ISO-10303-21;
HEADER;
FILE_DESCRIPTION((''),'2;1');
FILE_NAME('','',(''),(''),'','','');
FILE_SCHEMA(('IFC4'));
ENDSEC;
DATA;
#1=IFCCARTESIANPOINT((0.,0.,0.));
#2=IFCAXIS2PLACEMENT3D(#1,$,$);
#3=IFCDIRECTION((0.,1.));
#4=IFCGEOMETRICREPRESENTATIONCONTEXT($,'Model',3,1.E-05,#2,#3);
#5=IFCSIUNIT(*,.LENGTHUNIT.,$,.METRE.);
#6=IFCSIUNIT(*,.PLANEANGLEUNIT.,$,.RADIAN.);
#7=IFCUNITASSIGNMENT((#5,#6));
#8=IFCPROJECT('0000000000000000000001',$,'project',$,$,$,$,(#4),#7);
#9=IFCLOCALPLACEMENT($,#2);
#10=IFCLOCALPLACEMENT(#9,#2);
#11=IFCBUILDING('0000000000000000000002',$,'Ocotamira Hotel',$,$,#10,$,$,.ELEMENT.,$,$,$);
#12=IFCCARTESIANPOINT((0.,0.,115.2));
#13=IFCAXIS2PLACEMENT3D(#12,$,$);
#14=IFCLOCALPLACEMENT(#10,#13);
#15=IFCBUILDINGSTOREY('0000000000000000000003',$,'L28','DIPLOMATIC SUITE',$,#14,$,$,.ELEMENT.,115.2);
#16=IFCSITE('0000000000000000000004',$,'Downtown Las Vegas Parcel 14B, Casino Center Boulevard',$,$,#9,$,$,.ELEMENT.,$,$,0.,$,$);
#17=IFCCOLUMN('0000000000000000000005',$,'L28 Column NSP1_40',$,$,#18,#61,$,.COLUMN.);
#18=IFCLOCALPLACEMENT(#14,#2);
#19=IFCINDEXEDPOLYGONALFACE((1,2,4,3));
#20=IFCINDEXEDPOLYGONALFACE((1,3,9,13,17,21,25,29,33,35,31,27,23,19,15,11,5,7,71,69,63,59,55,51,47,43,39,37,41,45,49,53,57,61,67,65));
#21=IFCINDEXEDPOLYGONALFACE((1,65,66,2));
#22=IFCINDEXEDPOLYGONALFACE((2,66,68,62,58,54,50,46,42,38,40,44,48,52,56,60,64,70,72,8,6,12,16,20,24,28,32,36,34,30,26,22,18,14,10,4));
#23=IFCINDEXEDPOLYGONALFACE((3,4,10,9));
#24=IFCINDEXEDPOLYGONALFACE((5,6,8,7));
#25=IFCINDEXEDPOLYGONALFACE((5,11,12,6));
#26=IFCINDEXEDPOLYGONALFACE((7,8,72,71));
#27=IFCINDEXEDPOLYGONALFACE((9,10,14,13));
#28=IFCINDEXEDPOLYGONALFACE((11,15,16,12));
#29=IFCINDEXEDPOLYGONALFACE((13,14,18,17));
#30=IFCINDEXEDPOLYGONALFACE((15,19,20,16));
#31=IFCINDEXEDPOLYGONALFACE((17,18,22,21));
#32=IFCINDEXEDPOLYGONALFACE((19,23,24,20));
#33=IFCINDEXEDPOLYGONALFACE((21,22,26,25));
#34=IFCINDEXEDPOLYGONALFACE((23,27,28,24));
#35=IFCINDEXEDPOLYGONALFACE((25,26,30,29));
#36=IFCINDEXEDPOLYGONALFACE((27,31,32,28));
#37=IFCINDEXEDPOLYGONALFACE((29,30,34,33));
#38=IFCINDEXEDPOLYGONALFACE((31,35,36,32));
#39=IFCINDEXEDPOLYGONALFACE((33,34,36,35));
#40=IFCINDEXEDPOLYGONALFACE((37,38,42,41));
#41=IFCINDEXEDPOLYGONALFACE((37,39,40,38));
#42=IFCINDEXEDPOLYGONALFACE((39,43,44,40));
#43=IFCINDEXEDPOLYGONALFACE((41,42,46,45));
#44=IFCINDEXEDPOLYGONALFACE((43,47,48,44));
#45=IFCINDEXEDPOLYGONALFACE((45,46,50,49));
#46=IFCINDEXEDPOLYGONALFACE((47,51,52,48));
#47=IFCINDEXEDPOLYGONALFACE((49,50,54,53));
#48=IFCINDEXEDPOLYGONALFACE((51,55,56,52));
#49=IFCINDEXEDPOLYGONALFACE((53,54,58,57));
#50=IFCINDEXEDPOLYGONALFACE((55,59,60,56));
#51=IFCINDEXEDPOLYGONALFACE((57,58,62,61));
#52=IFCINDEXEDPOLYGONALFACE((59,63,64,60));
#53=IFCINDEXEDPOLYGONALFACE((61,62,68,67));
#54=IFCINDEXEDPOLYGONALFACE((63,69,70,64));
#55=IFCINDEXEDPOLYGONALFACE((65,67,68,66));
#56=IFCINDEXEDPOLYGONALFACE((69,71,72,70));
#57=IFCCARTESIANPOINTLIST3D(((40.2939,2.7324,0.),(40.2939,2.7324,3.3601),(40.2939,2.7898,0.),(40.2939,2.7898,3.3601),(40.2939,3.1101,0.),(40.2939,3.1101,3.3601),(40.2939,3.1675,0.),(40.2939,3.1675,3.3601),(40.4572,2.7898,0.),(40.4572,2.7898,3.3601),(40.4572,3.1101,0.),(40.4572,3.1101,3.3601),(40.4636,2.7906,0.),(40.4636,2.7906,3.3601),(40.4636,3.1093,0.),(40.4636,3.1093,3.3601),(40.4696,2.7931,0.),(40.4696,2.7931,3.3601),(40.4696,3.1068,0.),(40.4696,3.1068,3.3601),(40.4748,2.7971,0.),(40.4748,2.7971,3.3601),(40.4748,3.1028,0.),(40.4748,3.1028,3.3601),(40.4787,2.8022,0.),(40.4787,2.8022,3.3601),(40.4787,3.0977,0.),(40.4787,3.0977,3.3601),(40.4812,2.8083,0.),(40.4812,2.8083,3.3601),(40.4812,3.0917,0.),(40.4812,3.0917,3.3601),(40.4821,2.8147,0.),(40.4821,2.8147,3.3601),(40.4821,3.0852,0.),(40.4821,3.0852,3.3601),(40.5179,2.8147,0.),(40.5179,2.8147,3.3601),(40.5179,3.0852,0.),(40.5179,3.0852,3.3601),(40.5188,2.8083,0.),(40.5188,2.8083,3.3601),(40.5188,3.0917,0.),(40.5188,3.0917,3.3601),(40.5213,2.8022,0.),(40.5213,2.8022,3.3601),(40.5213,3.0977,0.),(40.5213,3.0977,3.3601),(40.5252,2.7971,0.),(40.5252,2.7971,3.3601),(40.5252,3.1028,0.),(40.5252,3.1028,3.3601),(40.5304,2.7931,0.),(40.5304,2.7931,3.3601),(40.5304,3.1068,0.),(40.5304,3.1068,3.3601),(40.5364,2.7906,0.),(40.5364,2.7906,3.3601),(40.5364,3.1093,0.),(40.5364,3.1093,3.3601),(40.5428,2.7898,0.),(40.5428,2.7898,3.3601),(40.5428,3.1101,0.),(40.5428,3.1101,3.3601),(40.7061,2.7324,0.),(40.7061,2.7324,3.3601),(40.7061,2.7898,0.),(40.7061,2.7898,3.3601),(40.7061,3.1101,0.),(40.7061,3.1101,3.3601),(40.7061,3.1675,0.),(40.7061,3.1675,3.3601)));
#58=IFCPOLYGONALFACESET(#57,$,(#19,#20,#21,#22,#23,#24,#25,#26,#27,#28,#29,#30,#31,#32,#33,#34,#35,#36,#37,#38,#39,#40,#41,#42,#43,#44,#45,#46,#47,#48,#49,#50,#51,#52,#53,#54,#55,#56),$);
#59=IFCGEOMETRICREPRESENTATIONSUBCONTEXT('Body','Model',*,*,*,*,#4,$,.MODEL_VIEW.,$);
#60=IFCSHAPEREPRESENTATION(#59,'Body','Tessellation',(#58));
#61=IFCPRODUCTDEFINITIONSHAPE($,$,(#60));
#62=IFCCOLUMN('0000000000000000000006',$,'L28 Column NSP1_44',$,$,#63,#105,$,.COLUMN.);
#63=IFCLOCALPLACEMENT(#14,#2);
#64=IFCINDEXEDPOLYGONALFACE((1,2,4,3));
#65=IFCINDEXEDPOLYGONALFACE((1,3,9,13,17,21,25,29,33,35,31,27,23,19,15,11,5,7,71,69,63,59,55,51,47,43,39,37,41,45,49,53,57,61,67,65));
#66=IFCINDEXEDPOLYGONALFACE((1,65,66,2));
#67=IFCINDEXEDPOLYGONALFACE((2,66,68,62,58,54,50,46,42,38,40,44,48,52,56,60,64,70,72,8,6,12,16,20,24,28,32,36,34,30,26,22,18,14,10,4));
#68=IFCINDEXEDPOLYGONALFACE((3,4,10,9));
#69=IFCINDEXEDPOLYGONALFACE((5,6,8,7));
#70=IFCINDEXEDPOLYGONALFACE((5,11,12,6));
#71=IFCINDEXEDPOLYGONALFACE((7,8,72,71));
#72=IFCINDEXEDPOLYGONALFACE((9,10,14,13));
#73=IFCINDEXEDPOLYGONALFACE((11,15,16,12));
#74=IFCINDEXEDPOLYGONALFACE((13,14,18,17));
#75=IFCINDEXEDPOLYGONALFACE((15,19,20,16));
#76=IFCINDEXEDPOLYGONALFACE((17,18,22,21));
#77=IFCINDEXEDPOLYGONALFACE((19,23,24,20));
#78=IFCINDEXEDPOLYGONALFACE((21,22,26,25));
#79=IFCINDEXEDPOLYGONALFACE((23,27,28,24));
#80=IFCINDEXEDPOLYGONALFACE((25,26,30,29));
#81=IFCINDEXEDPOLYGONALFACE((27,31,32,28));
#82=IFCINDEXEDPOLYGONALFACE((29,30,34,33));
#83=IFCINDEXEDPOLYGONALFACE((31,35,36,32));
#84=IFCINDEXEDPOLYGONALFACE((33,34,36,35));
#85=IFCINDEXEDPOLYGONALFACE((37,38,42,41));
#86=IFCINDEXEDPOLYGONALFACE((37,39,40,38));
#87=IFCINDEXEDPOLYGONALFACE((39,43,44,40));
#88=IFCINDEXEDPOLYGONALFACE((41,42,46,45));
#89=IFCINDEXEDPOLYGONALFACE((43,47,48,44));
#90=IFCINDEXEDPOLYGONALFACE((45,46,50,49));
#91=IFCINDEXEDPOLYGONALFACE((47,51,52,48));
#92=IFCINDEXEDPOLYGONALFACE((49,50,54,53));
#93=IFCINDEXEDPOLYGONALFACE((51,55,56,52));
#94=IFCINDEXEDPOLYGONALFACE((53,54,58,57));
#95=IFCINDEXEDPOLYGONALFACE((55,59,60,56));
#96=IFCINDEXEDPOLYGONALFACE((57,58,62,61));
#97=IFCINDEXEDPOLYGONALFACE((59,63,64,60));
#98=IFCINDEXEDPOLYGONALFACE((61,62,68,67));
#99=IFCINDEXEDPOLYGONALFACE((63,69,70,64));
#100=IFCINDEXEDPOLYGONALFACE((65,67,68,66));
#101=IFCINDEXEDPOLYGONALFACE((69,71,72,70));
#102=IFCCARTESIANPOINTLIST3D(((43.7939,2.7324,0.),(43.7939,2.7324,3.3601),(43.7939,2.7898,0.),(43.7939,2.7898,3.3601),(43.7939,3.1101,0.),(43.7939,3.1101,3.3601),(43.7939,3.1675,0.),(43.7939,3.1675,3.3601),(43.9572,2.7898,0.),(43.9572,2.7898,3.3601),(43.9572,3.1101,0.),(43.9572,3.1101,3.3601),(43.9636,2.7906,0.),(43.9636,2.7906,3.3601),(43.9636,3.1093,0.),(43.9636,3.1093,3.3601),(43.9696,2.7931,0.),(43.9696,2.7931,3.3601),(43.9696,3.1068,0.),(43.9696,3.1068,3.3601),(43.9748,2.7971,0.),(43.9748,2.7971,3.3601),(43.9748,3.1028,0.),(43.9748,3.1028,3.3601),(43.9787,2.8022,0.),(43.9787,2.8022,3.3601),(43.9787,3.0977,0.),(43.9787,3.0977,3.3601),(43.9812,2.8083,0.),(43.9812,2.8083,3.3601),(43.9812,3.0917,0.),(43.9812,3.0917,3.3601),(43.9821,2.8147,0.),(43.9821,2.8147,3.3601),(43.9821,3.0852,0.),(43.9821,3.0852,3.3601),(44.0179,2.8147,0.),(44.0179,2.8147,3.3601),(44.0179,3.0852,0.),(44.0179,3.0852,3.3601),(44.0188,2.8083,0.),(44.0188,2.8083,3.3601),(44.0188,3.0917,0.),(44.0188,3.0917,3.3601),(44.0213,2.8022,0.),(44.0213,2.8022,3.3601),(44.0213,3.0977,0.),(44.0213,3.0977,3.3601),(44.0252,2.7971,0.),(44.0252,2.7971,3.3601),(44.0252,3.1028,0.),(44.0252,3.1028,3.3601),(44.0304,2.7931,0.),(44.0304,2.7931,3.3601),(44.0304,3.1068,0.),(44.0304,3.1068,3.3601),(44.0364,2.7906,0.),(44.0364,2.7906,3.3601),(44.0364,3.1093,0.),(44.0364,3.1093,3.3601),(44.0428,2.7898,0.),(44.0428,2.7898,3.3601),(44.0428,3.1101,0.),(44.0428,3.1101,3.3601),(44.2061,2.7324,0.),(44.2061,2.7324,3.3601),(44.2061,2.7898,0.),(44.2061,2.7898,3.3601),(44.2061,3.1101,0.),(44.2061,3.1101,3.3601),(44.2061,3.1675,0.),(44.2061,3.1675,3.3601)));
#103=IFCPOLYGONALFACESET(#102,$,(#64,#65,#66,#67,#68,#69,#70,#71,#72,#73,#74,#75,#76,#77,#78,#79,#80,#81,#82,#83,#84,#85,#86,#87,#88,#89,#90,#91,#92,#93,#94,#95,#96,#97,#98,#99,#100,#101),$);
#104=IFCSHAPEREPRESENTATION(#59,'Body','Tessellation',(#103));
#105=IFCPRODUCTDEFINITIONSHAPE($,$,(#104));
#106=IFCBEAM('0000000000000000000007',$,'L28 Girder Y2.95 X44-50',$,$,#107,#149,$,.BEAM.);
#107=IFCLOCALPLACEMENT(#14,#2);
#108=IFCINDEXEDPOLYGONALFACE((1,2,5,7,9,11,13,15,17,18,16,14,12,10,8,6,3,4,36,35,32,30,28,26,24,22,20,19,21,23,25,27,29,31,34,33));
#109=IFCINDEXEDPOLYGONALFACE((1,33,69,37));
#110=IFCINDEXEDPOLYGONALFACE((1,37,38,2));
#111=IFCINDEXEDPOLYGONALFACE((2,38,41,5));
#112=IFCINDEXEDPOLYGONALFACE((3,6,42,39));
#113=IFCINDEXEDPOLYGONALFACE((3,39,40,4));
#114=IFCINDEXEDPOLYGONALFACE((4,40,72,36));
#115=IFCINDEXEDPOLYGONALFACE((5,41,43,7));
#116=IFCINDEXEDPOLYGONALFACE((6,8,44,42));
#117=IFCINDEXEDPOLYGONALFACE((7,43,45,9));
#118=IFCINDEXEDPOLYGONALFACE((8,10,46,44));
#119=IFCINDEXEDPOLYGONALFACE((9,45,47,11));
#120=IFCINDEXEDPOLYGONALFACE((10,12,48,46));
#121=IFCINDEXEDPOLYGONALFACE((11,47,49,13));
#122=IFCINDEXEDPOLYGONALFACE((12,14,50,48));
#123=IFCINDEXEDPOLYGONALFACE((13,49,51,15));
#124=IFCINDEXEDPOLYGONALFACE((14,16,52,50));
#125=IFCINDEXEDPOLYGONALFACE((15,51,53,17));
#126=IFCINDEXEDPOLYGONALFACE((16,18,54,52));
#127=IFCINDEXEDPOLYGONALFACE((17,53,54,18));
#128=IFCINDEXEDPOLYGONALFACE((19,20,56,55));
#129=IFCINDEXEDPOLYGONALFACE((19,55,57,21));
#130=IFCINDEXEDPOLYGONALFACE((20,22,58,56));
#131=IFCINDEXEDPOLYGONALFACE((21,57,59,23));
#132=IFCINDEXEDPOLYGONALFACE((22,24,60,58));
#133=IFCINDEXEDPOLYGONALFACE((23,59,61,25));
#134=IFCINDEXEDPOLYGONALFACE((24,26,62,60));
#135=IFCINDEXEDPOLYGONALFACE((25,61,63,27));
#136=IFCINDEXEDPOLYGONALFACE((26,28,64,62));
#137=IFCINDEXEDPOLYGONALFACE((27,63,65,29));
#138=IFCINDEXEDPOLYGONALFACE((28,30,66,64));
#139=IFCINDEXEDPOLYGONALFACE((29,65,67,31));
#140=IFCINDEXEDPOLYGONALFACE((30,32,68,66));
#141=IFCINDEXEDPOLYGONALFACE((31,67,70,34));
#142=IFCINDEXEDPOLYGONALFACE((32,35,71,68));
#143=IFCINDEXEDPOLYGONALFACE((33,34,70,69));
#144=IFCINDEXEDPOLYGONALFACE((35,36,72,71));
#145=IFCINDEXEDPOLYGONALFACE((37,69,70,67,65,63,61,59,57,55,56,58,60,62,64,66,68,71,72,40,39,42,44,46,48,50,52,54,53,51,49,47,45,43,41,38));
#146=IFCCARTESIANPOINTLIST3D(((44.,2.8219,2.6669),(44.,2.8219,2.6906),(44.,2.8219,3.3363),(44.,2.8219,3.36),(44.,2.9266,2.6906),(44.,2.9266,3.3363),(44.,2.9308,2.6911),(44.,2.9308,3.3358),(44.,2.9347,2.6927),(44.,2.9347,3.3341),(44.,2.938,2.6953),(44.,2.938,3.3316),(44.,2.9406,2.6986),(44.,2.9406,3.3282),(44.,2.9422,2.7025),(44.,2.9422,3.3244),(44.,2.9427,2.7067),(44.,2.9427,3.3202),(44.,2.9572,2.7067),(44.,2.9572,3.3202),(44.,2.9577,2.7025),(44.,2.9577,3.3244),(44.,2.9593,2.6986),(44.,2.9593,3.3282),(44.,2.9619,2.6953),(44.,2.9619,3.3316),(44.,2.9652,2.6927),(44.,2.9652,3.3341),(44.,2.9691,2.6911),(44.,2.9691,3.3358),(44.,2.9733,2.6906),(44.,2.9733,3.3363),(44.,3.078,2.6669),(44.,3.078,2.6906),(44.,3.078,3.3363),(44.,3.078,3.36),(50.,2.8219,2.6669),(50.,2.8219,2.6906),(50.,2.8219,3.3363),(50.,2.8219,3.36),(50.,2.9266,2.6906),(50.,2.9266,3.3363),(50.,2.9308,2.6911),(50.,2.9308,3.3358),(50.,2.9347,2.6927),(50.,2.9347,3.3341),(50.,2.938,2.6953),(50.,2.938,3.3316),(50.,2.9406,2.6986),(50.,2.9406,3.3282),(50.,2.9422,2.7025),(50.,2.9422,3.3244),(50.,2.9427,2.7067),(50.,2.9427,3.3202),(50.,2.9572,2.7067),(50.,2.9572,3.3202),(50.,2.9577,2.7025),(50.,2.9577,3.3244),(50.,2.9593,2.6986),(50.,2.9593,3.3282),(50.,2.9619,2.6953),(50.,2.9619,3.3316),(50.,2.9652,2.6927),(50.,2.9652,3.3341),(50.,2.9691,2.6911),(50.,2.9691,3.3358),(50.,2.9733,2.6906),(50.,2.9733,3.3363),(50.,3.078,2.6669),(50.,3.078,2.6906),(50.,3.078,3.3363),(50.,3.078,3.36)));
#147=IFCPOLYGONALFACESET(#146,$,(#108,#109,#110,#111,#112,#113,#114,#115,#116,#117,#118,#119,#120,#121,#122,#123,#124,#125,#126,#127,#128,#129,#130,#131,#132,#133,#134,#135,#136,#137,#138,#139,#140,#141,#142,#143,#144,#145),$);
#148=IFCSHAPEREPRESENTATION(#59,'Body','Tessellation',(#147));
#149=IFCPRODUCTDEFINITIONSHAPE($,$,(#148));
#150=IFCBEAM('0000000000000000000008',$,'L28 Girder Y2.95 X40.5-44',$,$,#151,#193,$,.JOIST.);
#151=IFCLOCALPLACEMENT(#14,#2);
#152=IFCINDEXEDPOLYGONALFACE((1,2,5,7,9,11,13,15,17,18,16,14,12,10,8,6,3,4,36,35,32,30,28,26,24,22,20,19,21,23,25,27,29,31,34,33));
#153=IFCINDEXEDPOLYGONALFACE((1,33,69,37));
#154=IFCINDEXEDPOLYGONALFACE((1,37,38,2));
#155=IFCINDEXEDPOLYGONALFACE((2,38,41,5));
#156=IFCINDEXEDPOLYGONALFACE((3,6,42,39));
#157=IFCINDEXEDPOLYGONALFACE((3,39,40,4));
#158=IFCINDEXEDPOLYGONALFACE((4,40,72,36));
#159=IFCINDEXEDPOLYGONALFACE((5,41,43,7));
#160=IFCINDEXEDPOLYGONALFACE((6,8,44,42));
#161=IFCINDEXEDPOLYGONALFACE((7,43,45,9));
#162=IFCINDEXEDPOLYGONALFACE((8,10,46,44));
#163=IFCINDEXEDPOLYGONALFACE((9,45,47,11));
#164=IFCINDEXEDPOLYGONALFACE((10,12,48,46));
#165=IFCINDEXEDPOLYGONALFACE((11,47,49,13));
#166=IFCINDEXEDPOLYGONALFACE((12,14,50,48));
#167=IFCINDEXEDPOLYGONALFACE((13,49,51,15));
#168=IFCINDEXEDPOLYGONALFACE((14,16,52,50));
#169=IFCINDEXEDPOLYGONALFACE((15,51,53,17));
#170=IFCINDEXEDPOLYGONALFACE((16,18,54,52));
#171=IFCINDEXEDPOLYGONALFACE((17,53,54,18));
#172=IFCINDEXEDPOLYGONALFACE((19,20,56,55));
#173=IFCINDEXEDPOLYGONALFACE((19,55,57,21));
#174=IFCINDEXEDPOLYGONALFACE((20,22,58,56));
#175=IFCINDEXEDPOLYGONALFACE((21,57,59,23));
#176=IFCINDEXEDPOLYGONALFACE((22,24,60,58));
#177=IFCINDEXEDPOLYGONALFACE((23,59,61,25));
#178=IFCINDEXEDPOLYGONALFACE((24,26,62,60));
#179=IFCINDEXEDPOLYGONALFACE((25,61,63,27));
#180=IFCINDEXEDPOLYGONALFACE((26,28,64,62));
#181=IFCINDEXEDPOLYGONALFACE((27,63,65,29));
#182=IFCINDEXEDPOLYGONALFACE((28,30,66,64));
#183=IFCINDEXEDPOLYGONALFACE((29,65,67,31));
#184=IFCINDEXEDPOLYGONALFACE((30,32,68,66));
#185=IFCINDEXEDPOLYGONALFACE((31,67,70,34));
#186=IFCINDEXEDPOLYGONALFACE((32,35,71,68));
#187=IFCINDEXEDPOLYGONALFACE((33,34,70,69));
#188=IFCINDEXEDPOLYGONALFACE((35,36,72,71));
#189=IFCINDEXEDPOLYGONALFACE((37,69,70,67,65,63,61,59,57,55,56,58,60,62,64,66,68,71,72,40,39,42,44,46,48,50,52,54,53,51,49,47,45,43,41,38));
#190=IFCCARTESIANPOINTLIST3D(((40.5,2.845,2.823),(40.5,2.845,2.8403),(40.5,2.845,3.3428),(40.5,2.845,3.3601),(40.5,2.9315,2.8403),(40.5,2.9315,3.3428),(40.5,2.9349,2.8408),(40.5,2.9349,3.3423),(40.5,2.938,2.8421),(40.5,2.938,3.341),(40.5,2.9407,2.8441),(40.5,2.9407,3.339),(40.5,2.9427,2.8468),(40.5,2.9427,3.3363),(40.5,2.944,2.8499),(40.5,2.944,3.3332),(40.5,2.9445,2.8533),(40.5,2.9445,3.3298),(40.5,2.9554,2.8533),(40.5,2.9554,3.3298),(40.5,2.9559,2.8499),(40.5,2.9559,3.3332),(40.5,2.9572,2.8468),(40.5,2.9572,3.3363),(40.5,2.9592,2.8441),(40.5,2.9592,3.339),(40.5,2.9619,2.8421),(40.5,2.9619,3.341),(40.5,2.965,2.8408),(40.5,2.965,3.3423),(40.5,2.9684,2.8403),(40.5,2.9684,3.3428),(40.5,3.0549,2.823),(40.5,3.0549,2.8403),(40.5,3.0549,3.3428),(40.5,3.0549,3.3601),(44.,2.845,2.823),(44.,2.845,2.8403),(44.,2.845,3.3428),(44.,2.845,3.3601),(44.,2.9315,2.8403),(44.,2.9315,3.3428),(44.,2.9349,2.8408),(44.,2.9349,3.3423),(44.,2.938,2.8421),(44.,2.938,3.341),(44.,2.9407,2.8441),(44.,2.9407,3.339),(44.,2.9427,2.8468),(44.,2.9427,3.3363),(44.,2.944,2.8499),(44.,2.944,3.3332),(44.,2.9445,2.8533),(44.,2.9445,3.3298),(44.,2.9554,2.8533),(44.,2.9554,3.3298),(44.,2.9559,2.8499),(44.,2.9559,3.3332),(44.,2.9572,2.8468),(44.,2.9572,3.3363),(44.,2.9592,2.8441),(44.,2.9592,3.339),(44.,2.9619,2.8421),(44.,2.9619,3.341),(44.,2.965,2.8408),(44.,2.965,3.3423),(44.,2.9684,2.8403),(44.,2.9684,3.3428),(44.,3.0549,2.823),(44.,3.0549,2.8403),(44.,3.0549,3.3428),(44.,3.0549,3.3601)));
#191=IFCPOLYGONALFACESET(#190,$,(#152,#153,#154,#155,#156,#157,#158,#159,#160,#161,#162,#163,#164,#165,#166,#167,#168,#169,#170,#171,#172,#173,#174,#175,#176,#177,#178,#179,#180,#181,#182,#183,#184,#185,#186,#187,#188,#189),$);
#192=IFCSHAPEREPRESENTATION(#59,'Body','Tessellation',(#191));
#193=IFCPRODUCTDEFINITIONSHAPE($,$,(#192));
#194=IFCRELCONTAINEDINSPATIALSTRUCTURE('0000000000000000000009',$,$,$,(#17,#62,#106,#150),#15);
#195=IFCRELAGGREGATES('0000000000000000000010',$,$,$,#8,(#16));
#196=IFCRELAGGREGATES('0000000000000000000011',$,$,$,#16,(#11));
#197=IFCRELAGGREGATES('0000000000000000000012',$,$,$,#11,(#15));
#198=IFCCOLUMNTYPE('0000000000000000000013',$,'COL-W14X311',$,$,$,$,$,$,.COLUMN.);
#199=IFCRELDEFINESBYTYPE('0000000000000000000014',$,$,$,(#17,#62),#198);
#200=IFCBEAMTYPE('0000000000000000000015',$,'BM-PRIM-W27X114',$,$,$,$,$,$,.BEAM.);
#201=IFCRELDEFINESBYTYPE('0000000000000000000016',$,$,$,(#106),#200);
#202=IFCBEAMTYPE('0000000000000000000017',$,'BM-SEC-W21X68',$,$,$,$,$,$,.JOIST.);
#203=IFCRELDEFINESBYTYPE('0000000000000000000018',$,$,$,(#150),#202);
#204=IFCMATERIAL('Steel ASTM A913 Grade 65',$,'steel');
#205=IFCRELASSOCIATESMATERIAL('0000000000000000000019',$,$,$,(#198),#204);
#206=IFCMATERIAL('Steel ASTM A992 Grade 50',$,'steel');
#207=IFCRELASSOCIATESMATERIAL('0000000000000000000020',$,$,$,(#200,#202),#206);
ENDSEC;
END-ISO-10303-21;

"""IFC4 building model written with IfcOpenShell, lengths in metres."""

from ifc_helpers import new_model, si_unit, direction, frame, origin, origin_2d, place, context, subcontext, project, spatial, i_section, extrude, source, transform, mapped, material, material_profile, profile_set, type_object, element, save


model = new_model("IFC4")

# Units and contexts
model_context = context("Model", 3, precision=1e-05, world=origin(), true_north=direction((0.0, 1.0)))
body_context = subcontext(model_context, "Body", "Model", "MODEL_VIEW")
ifc_project = project(units=[si_unit("LENGTHUNIT", "METRE"), si_unit("PLANEANGLEUNIT", "RADIAN")], contexts=[model_context])

# Site, building, storey
site_placement = place(None, origin())
site = spatial("IfcSite", under=ifc_project, at=site_placement, Name="Downtown Las Vegas Parcel 14B, Casino Center Boulevard", CompositionType="ELEMENT", RefElevation=0.0)
building_placement = place(site_placement, origin())
building = spatial("IfcBuilding", under=site, at=building_placement, Name="Ocotamira Hotel", CompositionType="ELEMENT")
storey_placement = place(building_placement, frame((0.0, 0.0, 115.2)))
storey = spatial("IfcBuildingStorey", under=building, at=storey_placement, Name="L28", Description="DIPLOMATIC SUITE", CompositionType="ELEMENT", Elevation=115.2)

# Columns
ifc_material_1 = material(Name="Steel ASTM A913 Grade 65", Category="steel")
ifc_material_profile_1 = material_profile(ifc_material_1, i_section(OverallWidth=0.4121, OverallDepth=0.4351, WebThickness=0.0359, FlangeThickness=0.0574, FilletRadius=0.0249, at=origin_2d()), Name="W14X311")
ifc_profile_set_1 = profile_set([ifc_material_profile_1], Name="Steel ASTM A913 Grade 65")
column_type = type_object("IfcColumnType", Name="COL-W14X311", PredefinedType="COLUMN", material=ifc_profile_set_1)
shared_shape_1 = source(origin(), body_context, "Body", "SweptSolid", [
    extrude(i_section(OverallWidth=0.4121, OverallDepth=0.4351, WebThickness=0.0359, FlangeThickness=0.0574, FilletRadius=0.0249, at=origin_2d()), origin(), (0.0, 0.0, 1.0), 3.3601),
])
for number, where, z_axis, x_axis, name in (
    (1, (40.5, 2.95, 0.0), (0.0, 0.0, 1.0), (1.0, 0.0, 0.0), "L28 Column NSP1_40"),
    (2, (44.0, 2.95, 0.0), (0.0, 0.0, 1.0), (1.0, 0.0, 0.0), "L28 Column NSP1_44"),
):
    element("IfcColumn", number, at=place(storey_placement, frame(where, z_axis=z_axis, x_axis=x_axis)), inside=storey, type_object=column_type, Name=name, PredefinedType="COLUMN", context=body_context, shape_type="MappedRepresentation", body=[
        mapped(shared_shape_1, transform((0.0, 0.0, 0.0), scale=1.0)),
    ])

# Beams
ifc_material_2 = material(Name="Steel ASTM A992 Grade 50", Category="steel")
ifc_material_profile_2 = material_profile(ifc_material_2, i_section(OverallWidth=0.2561, OverallDepth=0.6931, WebThickness=0.0144, FlangeThickness=0.0237, FilletRadius=0.0161, at=origin_2d()), Name="W27X114")
ifc_profile_set_2 = profile_set([ifc_material_profile_2], Name="Steel ASTM A992 Grade 50")
beam_type_1 = type_object("IfcBeamType", Name="BM-PRIM-W27X114", PredefinedType="BEAM", material=ifc_profile_set_2)
shared_shape_2 = source(origin(), body_context, "Body", "SweptSolid", [
    extrude(i_section(OverallWidth=0.2561, OverallDepth=0.6931, WebThickness=0.0144, FlangeThickness=0.0237, FilletRadius=0.0161, at=origin_2d()), origin(), (0.0, 0.0, 1.0), 6.0),
])
beam_1_placement = place(storey_placement, frame((44.0, 2.95, 3.0134), z_axis=(1.0, 0.0, 0.0), x_axis=(0.0, 1.0, 0.0)))
element("IfcBeam", 3, at=beam_1_placement, inside=storey, type_object=beam_type_1, Name="L28 Girder Y2.95 X44-50", PredefinedType="BEAM", context=body_context, shape_type="MappedRepresentation", body=[
    mapped(shared_shape_2, transform((0.0, 0.0, 0.0), scale=1.0)),
])
ifc_material_profile_3 = material_profile(ifc_material_2, i_section(OverallWidth=0.21, OverallDepth=0.5371, WebThickness=0.011, FlangeThickness=0.0173, FilletRadius=0.0129, at=origin_2d()), Name="W21X68")
ifc_profile_set_3 = profile_set([ifc_material_profile_3], Name="Steel ASTM A992 Grade 50")
beam_type_2 = type_object("IfcBeamType", Name="BM-SEC-W21X68", PredefinedType="JOIST", material=ifc_profile_set_3)
shared_shape_3 = source(origin(), body_context, "Body", "SweptSolid", [
    extrude(i_section(OverallWidth=0.21, OverallDepth=0.5371, WebThickness=0.011, FlangeThickness=0.0173, FilletRadius=0.0129, at=origin_2d()), origin(), (0.0, 0.0, 1.0), 3.5),
])
beam_2_placement = place(storey_placement, frame((40.5, 2.95, 3.0916), z_axis=(1.0, 0.0, 0.0), x_axis=(0.0, 1.0, 0.0)))
element("IfcBeam", 4, at=beam_2_placement, inside=storey, type_object=beam_type_2, Name="L28 Girder Y2.95 X40.5-44", PredefinedType="JOIST", context=body_context, shape_type="MappedRepresentation", body=[
    mapped(shared_shape_3, transform((0.0, 0.0, 0.0), scale=1.0)),
])

save(model, "model.ifc")
